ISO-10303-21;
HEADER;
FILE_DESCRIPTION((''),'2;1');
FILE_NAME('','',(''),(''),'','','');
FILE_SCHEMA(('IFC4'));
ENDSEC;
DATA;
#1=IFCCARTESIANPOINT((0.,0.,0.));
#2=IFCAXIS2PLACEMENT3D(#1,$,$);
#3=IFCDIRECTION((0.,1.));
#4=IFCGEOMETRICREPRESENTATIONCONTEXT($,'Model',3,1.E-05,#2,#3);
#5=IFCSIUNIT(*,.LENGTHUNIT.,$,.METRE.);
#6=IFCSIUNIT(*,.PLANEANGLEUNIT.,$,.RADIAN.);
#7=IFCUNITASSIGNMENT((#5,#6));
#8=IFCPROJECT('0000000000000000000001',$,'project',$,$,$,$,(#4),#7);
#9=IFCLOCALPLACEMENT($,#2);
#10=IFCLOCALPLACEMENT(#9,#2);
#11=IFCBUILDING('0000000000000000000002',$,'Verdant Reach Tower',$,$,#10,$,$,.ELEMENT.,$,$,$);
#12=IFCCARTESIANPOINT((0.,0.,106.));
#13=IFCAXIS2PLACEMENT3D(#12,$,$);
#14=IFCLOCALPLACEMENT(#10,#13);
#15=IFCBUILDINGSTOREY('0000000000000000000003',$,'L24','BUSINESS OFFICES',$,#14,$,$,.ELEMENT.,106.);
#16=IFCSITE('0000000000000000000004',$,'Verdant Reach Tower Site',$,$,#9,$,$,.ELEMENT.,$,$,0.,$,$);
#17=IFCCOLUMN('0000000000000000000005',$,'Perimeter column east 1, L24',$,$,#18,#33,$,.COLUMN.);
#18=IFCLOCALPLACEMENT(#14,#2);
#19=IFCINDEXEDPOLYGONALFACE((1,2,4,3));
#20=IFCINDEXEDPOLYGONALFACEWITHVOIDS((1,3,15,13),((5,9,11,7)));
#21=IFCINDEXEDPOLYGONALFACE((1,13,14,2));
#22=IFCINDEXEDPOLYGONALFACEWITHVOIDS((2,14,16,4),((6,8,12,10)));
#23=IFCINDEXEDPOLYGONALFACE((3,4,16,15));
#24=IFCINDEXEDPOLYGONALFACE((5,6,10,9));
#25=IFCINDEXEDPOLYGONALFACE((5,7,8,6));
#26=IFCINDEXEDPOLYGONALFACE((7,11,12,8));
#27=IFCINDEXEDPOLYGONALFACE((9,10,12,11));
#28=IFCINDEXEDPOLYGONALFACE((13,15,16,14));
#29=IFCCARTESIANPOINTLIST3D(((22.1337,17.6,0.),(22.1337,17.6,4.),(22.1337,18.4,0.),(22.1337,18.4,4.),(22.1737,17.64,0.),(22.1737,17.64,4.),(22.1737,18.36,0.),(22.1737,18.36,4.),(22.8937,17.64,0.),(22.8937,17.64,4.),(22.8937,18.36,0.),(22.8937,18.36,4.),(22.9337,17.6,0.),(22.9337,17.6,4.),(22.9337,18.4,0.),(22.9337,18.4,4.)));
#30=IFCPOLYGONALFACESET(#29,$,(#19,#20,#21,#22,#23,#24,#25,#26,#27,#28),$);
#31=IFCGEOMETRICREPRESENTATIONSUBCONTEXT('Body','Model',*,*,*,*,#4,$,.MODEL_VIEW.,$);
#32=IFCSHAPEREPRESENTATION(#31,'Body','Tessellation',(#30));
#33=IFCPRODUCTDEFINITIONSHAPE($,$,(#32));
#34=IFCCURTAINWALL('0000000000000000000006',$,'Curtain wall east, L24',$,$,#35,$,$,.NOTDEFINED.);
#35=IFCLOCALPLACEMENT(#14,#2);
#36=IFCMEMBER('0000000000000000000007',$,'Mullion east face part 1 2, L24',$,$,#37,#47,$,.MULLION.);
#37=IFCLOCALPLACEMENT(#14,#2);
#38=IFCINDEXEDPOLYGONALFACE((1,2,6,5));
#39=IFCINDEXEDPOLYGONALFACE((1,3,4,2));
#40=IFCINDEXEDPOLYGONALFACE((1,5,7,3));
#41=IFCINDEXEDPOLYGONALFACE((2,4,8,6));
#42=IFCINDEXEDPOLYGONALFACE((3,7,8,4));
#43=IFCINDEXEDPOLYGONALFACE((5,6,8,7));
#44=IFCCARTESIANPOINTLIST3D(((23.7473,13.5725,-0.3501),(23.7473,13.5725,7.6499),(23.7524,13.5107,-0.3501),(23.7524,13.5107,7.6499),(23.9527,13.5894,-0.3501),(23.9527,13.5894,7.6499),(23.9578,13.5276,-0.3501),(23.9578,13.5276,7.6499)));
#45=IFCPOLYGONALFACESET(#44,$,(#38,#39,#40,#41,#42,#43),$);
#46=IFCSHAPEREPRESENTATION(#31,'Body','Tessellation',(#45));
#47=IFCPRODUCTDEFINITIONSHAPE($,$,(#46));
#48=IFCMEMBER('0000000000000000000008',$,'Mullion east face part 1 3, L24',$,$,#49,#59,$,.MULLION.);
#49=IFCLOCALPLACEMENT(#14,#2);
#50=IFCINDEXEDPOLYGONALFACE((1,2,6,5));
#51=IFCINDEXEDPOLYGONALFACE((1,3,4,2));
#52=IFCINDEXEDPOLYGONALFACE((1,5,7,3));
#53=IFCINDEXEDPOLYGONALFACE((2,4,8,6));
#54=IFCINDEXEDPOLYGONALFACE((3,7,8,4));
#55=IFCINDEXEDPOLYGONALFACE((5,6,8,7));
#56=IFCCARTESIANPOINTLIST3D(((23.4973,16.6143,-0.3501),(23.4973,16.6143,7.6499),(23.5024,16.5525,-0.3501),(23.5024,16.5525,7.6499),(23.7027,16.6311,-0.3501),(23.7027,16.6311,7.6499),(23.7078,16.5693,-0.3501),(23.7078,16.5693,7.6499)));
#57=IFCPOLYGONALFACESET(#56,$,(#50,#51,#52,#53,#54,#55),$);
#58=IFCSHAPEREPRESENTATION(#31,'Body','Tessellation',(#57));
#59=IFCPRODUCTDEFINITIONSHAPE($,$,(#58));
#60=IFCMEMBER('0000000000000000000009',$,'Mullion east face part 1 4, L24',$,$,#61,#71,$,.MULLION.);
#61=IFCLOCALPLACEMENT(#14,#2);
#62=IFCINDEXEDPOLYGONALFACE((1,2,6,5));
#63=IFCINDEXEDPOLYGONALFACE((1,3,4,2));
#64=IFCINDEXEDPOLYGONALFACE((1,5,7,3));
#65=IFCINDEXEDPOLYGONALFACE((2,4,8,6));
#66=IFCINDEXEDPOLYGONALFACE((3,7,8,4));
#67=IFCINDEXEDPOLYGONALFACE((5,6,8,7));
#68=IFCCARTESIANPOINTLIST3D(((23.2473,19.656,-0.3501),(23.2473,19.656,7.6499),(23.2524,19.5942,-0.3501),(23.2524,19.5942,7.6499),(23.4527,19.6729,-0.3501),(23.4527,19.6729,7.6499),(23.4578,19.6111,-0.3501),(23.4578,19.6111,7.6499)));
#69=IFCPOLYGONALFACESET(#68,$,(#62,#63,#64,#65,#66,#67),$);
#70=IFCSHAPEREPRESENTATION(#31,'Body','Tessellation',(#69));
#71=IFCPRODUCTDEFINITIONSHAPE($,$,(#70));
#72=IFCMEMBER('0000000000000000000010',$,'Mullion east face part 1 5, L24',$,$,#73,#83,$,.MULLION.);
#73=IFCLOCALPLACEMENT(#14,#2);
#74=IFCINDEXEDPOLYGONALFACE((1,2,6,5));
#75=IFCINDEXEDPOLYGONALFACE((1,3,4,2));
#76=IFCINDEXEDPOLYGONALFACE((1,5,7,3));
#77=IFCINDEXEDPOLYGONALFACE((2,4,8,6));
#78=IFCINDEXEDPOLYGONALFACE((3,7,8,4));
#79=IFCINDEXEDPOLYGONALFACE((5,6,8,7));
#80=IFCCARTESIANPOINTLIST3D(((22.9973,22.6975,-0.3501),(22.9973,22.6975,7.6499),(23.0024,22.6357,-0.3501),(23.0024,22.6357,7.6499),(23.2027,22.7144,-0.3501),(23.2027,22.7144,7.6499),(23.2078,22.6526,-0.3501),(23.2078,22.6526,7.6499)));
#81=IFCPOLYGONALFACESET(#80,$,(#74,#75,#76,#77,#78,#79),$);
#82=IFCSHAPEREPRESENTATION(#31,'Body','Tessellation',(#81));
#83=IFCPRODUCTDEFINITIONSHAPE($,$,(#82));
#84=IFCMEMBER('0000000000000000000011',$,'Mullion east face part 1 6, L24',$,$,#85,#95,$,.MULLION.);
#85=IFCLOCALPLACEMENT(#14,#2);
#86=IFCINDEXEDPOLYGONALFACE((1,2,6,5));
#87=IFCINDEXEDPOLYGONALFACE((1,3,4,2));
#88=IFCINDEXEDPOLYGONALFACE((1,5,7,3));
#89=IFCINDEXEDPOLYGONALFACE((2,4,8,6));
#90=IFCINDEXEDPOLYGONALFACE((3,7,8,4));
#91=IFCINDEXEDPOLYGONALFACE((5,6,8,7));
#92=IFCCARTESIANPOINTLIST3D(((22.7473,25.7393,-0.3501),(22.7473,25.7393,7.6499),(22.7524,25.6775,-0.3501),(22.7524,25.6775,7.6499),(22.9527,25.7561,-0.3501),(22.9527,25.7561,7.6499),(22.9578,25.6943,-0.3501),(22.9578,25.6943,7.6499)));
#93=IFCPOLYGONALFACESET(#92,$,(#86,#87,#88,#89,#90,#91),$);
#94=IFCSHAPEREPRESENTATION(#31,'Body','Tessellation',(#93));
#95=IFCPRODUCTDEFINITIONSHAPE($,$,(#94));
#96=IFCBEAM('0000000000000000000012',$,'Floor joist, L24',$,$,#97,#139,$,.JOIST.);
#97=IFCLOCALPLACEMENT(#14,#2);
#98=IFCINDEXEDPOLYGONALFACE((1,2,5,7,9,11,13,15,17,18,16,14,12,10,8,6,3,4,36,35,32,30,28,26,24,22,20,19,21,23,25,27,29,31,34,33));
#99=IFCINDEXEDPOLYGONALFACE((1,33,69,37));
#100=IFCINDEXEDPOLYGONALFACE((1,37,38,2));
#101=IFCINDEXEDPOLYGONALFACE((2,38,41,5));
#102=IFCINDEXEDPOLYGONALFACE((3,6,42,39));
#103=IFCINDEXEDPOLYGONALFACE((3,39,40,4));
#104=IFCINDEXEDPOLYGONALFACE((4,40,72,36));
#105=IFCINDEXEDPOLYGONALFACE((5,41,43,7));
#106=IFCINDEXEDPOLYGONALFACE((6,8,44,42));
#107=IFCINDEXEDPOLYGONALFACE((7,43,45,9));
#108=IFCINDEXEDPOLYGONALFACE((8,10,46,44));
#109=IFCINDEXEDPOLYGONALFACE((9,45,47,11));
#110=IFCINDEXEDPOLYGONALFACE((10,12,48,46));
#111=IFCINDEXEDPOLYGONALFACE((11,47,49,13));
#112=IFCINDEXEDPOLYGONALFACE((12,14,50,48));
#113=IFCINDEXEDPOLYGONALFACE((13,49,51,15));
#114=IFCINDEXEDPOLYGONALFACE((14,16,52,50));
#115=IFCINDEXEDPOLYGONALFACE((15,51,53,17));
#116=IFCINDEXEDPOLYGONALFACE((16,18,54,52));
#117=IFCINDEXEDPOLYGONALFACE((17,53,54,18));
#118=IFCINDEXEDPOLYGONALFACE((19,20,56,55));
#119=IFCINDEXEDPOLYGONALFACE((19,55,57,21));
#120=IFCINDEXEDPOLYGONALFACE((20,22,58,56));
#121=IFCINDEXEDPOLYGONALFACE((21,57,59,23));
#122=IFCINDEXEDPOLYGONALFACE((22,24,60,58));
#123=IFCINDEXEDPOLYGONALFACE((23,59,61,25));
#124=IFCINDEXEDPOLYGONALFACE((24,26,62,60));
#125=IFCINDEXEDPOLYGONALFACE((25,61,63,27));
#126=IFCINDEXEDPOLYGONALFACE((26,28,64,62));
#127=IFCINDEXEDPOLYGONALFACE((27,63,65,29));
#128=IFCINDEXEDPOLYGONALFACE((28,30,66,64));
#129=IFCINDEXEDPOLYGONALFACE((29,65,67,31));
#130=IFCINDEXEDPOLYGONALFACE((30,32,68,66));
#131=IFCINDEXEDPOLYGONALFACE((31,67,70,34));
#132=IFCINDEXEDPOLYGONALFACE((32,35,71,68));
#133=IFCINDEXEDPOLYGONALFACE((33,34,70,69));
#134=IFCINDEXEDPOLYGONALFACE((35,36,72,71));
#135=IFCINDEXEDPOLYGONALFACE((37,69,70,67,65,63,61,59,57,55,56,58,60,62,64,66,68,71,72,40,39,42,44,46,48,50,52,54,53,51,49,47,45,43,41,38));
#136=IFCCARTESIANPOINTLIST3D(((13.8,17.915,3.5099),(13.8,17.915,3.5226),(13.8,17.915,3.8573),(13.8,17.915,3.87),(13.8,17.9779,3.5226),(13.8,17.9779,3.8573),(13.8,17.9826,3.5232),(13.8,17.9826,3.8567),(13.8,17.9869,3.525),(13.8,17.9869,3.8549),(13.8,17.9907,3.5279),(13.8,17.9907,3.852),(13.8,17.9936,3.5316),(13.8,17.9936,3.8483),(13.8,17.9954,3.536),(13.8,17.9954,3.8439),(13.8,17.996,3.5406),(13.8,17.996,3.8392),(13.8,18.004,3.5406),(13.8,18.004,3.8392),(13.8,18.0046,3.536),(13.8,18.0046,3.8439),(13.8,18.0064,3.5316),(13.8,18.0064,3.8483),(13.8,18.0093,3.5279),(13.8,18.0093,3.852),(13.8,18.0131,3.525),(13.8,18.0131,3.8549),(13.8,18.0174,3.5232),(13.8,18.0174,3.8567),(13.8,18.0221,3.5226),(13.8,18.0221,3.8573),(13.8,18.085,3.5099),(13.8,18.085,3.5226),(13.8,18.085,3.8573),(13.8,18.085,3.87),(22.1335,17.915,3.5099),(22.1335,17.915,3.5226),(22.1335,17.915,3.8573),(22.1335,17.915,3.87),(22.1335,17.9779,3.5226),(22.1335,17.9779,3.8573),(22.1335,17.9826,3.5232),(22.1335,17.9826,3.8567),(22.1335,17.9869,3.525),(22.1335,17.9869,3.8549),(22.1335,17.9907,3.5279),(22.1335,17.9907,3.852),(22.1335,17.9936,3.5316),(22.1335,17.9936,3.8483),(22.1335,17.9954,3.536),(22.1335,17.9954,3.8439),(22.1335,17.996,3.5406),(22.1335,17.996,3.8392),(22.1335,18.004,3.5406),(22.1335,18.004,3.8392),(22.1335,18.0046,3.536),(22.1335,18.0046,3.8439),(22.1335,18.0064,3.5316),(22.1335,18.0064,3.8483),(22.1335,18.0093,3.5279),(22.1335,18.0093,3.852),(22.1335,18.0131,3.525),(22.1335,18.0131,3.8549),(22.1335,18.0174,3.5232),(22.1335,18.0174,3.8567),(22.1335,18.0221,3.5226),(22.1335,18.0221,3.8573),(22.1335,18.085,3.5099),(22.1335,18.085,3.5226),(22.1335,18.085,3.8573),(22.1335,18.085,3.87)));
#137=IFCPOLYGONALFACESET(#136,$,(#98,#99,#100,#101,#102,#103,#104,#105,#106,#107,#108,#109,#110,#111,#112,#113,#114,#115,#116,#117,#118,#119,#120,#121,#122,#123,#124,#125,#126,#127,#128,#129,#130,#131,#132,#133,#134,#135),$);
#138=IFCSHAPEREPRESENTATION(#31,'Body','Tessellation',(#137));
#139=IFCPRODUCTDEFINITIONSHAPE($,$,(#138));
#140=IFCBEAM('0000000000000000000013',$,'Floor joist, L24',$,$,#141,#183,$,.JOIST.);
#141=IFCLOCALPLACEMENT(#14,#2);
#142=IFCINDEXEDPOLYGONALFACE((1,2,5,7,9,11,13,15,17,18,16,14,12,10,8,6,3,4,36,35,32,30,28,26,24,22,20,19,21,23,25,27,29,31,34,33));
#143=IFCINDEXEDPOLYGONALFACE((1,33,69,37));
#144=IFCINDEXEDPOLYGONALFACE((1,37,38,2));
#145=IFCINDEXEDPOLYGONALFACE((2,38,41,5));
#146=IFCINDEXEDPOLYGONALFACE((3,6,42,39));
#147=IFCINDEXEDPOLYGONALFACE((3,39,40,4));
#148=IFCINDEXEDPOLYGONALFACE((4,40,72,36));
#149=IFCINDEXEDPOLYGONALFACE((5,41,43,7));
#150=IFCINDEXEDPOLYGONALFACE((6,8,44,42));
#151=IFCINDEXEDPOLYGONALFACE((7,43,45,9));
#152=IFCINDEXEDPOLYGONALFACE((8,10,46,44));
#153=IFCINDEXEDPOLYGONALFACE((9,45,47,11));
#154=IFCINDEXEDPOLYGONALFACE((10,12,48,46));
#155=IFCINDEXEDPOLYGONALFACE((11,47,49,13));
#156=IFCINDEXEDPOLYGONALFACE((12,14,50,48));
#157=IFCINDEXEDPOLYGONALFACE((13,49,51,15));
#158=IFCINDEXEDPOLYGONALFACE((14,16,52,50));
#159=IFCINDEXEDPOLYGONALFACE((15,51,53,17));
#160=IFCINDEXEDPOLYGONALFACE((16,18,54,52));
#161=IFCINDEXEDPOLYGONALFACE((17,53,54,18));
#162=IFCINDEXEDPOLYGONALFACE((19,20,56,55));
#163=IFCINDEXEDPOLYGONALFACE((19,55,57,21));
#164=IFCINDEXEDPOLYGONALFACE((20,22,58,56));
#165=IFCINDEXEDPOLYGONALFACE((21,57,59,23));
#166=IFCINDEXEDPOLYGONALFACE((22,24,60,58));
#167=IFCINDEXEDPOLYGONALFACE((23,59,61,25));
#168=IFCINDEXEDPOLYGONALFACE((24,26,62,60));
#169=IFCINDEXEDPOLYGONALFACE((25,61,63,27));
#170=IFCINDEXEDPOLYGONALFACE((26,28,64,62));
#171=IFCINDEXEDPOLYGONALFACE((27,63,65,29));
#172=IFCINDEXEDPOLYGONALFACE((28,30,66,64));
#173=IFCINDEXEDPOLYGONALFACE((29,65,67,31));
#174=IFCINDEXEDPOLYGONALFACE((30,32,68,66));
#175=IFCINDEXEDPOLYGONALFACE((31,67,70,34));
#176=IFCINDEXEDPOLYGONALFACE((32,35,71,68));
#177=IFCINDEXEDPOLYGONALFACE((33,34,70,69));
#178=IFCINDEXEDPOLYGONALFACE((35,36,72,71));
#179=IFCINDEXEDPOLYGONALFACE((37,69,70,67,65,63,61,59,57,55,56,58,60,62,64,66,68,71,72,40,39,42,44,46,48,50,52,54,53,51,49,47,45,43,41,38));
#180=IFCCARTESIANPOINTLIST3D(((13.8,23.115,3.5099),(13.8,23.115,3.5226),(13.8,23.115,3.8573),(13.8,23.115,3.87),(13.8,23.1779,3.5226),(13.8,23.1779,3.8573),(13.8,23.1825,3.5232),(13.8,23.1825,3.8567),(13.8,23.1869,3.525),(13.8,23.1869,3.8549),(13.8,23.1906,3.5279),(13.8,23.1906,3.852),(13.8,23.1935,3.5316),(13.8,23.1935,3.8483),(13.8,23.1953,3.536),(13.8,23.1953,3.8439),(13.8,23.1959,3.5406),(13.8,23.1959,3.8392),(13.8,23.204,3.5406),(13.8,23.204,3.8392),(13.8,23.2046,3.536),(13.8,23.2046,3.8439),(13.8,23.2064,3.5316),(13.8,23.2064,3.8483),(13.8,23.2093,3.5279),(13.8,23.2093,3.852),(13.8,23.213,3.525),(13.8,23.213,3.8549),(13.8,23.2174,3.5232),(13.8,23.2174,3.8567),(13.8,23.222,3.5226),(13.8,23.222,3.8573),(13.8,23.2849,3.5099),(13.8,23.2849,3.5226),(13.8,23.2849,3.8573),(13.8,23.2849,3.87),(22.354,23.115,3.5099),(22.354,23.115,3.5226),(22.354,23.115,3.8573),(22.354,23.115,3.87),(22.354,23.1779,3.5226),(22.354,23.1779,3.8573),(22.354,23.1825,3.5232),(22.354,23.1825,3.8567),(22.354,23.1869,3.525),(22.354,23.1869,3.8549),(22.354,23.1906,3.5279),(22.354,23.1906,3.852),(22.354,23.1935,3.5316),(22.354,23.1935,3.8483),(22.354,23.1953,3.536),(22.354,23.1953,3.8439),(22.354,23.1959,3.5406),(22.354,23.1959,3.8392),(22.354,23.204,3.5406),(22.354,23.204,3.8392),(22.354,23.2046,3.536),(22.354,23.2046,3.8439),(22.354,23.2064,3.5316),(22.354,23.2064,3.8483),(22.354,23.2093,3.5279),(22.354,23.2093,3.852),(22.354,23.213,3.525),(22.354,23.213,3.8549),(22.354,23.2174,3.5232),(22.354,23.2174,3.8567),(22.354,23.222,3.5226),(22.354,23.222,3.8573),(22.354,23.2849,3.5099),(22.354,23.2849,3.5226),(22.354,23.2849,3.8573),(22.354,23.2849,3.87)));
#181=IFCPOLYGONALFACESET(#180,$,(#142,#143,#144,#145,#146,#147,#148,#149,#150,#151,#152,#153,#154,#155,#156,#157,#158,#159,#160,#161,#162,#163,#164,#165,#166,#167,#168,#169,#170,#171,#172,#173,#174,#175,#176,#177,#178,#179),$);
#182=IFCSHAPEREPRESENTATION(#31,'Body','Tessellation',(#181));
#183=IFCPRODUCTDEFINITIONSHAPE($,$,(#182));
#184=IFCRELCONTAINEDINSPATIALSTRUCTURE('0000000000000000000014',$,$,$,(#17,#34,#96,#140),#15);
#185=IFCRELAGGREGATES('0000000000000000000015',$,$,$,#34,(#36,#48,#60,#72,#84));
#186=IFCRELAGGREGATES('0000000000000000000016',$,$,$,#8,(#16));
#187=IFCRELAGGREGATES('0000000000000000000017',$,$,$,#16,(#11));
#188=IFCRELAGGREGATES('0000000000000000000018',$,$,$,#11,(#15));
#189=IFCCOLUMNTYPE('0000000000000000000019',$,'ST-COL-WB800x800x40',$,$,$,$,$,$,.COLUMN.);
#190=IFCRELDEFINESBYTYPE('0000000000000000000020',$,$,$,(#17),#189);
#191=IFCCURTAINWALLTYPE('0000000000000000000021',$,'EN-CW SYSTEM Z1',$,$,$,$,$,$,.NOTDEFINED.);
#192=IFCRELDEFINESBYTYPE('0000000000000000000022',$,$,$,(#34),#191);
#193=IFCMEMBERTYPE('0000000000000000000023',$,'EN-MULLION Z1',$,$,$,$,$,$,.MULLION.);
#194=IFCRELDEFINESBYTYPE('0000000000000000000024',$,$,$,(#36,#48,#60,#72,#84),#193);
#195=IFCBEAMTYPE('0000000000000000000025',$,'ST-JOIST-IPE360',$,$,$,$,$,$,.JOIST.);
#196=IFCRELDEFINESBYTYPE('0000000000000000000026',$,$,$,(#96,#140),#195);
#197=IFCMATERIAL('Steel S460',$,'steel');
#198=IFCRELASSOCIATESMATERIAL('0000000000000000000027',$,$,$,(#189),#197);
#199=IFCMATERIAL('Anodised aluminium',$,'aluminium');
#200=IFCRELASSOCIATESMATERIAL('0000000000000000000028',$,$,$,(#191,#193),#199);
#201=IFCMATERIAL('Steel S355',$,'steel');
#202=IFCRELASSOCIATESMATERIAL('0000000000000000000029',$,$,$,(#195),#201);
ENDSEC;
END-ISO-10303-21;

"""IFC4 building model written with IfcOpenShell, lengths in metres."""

from ifc_helpers import new_model, si_unit, direction, frame, origin, origin_2d, place, context, subcontext, project, spatial, rectangle, hollow_rectangle, i_section, extrude, material, material_profile, profile_set, type_object, element, aggregate, save


model = new_model("IFC4")

# Units and contexts
model_context = context("Model", 3, precision=1e-05, world=origin(), true_north=direction((0.0, 1.0)))
body_context = subcontext(model_context, "Body", "Model", "MODEL_VIEW")
ifc_project = project(units=[si_unit("LENGTHUNIT", "METRE"), si_unit("PLANEANGLEUNIT", "RADIAN")], contexts=[model_context])

# Site, building, storey
site_placement = place(None, origin())
site = spatial("IfcSite", under=ifc_project, at=site_placement, Name="Verdant Reach Tower Site", CompositionType="ELEMENT", RefElevation=0.0)
building_placement = place(site_placement, origin())
building = spatial("IfcBuilding", under=site, at=building_placement, Name="Verdant Reach Tower", CompositionType="ELEMENT")
storey_placement = place(building_placement, frame((0.0, 0.0, 106.0)))
storey = spatial("IfcBuildingStorey", under=building, at=storey_placement, Name="L24", Description="BUSINESS OFFICES", CompositionType="ELEMENT", Elevation=106.0)

# Column
ifc_material_1 = material(Name="Steel S460", Category="steel")
ifc_material_profile_1 = material_profile(ifc_material_1, hollow_rectangle(XDim=0.8, YDim=0.8, WallThickness=0.04, at=origin_2d()), Name="WB 800x800x40")
ifc_profile_set_1 = profile_set([ifc_material_profile_1], Name="Steel S460")
column_type = type_object("IfcColumnType", Name="ST-COL-WB800x800x40", PredefinedType="COLUMN", material=ifc_profile_set_1)
column_placement = place(storey_placement, frame((22.5337, 18.0, 0.0), z_axis=(0.0, 0.0, 1.0), x_axis=(1.0, 0.0, 0.0)))
element("IfcColumn", 1, at=column_placement, inside=storey, type_object=column_type, Name="Perimeter column east 1, L24", PredefinedType="COLUMN", context=body_context, shape_type="SweptSolid", body=[
    extrude(hollow_rectangle(XDim=0.8, YDim=0.8, WallThickness=0.04, at=origin_2d()), origin(), (0.0, 0.0, 1.0), 4.0),
])

# Curtain wall, members
ifc_material_2 = material(Name="Anodised aluminium", Category="aluminium")
curtain_wall_type = type_object("IfcCurtainWallType", Name="EN-CW SYSTEM Z1", PredefinedType="NOTDEFINED", material=ifc_material_2)
curtain_wall_placement = place(storey_placement, origin())
curtain_wall = element("IfcCurtainWall", 2, at=curtain_wall_placement, inside=storey, type_object=curtain_wall_type, Name="Curtain wall east, L24", PredefinedType="NOTDEFINED")
ifc_material_profile_2 = material_profile(ifc_material_2, rectangle(XDim=0.2061, YDim=0.062, at=origin_2d()), Name="Mullion 62x206")
ifc_profile_set_2 = profile_set([ifc_material_profile_2], Name="Anodised aluminium")
member_type = type_object("IfcMemberType", Name="EN-MULLION Z1", PredefinedType="MULLION", material=ifc_profile_set_2)
member_1_placement = place(storey_placement, frame((23.8525, 13.55, -0.3501), z_axis=(0.0, 0.0, 1.0), x_axis=(0.996639, 0.081916, 0.0)))
member_1 = element("IfcMember", 3, at=member_1_placement, type_object=member_type, Name="Mullion east face part 1 2, L24", PredefinedType="MULLION", context=body_context, shape_type="SweptSolid", body=[
    extrude(rectangle(XDim=0.2061, YDim=0.062, at=origin_2d()), origin(), (0.0, 0.0, 1.0), 8.0),
])
member_2_placement = place(storey_placement, frame((23.6025, 16.5918, -0.3501), z_axis=(0.0, 0.0, 1.0), x_axis=(0.996639, 0.081916, 0.0)))
member_2 = element("IfcMember", 4, at=member_2_placement, type_object=member_type, Name="Mullion east face part 1 3, L24", PredefinedType="MULLION", context=body_context, shape_type="SweptSolid", body=[
    extrude(rectangle(XDim=0.2061, YDim=0.062, at=origin_2d()), origin(), (0.0, 0.0, 1.0), 8.0),
])
member_3_placement = place(storey_placement, frame((23.3525, 19.6335, -0.3501), z_axis=(0.0, 0.0, 1.0), x_axis=(0.996639, 0.081916, 0.0)))
member_3 = element("IfcMember", 5, at=member_3_placement, type_object=member_type, Name="Mullion east face part 1 4, L24", PredefinedType="MULLION", context=body_context, shape_type="SweptSolid", body=[
    extrude(rectangle(XDim=0.2061, YDim=0.062, at=origin_2d()), origin(), (0.0, 0.0, 1.0), 8.0),
])
member_4_placement = place(storey_placement, frame((23.1025, 22.675, -0.3501), z_axis=(0.0, 0.0, 1.0), x_axis=(0.996639, 0.081916, 0.0)))
member_4 = element("IfcMember", 6, at=member_4_placement, type_object=member_type, Name="Mullion east face part 1 5, L24", PredefinedType="MULLION", context=body_context, shape_type="SweptSolid", body=[
    extrude(rectangle(XDim=0.2061, YDim=0.062, at=origin_2d()), origin(), (0.0, 0.0, 1.0), 8.0),
])
member_5_placement = place(storey_placement, frame((22.8525, 25.7168, -0.3501), z_axis=(0.0, 0.0, 1.0), x_axis=(0.996639, 0.081916, 0.0)))
member_5 = element("IfcMember", 7, at=member_5_placement, type_object=member_type, Name="Mullion east face part 1 6, L24", PredefinedType="MULLION", context=body_context, shape_type="SweptSolid", body=[
    extrude(rectangle(XDim=0.2061, YDim=0.062, at=origin_2d()), origin(), (0.0, 0.0, 1.0), 8.0),
])

# Beams
ifc_material_3 = material(Name="Steel S355", Category="steel")
ifc_material_profile_3 = material_profile(ifc_material_3, i_section(OverallWidth=0.1699, OverallDepth=0.3601, WebThickness=0.0081, FlangeThickness=0.0127, FilletRadius=0.0181, at=origin_2d()), Name="IPE 360")
ifc_profile_set_3 = profile_set([ifc_material_profile_3], Name="Steel S355")
beam_type_1 = type_object("IfcBeamType", Name="ST-JOIST-IPE360", PredefinedType="JOIST", material=ifc_profile_set_3)
beam_1_placement = place(storey_placement, frame((13.8, 18.0, 3.6899), z_axis=(1.0, 0.0, 0.0), x_axis=(0.0, 1.0, 0.0)))
element("IfcBeam", 8, at=beam_1_placement, inside=storey, type_object=beam_type_1, Name="Floor joist, L24", PredefinedType="JOIST", context=body_context, shape_type="SweptSolid", body=[
    extrude(i_section(OverallWidth=0.1699, OverallDepth=0.3601, WebThickness=0.0081, FlangeThickness=0.0127, FilletRadius=0.0181, at=origin_2d()), origin(), (0.0, 0.0, 1.0), 8.3335),
])
beam_2_placement = place(storey_placement, frame((13.8, 23.2, 3.6899), z_axis=(1.0, 0.0, 0.0), x_axis=(0.0, 1.0, 0.0)))
element("IfcBeam", 9, at=beam_2_placement, inside=storey, type_object=beam_type_1, Name="Floor joist, L24", PredefinedType="JOIST", context=body_context, shape_type="SweptSolid", body=[
    extrude(i_section(OverallWidth=0.1699, OverallDepth=0.3601, WebThickness=0.0081, FlangeThickness=0.0127, FilletRadius=0.0181, at=origin_2d()), origin(), (0.0, 0.0, 1.0), 8.554),
])

aggregate(curtain_wall, [member_1, member_2, member_3, member_4, member_5])

save(model, "model.ifc")
